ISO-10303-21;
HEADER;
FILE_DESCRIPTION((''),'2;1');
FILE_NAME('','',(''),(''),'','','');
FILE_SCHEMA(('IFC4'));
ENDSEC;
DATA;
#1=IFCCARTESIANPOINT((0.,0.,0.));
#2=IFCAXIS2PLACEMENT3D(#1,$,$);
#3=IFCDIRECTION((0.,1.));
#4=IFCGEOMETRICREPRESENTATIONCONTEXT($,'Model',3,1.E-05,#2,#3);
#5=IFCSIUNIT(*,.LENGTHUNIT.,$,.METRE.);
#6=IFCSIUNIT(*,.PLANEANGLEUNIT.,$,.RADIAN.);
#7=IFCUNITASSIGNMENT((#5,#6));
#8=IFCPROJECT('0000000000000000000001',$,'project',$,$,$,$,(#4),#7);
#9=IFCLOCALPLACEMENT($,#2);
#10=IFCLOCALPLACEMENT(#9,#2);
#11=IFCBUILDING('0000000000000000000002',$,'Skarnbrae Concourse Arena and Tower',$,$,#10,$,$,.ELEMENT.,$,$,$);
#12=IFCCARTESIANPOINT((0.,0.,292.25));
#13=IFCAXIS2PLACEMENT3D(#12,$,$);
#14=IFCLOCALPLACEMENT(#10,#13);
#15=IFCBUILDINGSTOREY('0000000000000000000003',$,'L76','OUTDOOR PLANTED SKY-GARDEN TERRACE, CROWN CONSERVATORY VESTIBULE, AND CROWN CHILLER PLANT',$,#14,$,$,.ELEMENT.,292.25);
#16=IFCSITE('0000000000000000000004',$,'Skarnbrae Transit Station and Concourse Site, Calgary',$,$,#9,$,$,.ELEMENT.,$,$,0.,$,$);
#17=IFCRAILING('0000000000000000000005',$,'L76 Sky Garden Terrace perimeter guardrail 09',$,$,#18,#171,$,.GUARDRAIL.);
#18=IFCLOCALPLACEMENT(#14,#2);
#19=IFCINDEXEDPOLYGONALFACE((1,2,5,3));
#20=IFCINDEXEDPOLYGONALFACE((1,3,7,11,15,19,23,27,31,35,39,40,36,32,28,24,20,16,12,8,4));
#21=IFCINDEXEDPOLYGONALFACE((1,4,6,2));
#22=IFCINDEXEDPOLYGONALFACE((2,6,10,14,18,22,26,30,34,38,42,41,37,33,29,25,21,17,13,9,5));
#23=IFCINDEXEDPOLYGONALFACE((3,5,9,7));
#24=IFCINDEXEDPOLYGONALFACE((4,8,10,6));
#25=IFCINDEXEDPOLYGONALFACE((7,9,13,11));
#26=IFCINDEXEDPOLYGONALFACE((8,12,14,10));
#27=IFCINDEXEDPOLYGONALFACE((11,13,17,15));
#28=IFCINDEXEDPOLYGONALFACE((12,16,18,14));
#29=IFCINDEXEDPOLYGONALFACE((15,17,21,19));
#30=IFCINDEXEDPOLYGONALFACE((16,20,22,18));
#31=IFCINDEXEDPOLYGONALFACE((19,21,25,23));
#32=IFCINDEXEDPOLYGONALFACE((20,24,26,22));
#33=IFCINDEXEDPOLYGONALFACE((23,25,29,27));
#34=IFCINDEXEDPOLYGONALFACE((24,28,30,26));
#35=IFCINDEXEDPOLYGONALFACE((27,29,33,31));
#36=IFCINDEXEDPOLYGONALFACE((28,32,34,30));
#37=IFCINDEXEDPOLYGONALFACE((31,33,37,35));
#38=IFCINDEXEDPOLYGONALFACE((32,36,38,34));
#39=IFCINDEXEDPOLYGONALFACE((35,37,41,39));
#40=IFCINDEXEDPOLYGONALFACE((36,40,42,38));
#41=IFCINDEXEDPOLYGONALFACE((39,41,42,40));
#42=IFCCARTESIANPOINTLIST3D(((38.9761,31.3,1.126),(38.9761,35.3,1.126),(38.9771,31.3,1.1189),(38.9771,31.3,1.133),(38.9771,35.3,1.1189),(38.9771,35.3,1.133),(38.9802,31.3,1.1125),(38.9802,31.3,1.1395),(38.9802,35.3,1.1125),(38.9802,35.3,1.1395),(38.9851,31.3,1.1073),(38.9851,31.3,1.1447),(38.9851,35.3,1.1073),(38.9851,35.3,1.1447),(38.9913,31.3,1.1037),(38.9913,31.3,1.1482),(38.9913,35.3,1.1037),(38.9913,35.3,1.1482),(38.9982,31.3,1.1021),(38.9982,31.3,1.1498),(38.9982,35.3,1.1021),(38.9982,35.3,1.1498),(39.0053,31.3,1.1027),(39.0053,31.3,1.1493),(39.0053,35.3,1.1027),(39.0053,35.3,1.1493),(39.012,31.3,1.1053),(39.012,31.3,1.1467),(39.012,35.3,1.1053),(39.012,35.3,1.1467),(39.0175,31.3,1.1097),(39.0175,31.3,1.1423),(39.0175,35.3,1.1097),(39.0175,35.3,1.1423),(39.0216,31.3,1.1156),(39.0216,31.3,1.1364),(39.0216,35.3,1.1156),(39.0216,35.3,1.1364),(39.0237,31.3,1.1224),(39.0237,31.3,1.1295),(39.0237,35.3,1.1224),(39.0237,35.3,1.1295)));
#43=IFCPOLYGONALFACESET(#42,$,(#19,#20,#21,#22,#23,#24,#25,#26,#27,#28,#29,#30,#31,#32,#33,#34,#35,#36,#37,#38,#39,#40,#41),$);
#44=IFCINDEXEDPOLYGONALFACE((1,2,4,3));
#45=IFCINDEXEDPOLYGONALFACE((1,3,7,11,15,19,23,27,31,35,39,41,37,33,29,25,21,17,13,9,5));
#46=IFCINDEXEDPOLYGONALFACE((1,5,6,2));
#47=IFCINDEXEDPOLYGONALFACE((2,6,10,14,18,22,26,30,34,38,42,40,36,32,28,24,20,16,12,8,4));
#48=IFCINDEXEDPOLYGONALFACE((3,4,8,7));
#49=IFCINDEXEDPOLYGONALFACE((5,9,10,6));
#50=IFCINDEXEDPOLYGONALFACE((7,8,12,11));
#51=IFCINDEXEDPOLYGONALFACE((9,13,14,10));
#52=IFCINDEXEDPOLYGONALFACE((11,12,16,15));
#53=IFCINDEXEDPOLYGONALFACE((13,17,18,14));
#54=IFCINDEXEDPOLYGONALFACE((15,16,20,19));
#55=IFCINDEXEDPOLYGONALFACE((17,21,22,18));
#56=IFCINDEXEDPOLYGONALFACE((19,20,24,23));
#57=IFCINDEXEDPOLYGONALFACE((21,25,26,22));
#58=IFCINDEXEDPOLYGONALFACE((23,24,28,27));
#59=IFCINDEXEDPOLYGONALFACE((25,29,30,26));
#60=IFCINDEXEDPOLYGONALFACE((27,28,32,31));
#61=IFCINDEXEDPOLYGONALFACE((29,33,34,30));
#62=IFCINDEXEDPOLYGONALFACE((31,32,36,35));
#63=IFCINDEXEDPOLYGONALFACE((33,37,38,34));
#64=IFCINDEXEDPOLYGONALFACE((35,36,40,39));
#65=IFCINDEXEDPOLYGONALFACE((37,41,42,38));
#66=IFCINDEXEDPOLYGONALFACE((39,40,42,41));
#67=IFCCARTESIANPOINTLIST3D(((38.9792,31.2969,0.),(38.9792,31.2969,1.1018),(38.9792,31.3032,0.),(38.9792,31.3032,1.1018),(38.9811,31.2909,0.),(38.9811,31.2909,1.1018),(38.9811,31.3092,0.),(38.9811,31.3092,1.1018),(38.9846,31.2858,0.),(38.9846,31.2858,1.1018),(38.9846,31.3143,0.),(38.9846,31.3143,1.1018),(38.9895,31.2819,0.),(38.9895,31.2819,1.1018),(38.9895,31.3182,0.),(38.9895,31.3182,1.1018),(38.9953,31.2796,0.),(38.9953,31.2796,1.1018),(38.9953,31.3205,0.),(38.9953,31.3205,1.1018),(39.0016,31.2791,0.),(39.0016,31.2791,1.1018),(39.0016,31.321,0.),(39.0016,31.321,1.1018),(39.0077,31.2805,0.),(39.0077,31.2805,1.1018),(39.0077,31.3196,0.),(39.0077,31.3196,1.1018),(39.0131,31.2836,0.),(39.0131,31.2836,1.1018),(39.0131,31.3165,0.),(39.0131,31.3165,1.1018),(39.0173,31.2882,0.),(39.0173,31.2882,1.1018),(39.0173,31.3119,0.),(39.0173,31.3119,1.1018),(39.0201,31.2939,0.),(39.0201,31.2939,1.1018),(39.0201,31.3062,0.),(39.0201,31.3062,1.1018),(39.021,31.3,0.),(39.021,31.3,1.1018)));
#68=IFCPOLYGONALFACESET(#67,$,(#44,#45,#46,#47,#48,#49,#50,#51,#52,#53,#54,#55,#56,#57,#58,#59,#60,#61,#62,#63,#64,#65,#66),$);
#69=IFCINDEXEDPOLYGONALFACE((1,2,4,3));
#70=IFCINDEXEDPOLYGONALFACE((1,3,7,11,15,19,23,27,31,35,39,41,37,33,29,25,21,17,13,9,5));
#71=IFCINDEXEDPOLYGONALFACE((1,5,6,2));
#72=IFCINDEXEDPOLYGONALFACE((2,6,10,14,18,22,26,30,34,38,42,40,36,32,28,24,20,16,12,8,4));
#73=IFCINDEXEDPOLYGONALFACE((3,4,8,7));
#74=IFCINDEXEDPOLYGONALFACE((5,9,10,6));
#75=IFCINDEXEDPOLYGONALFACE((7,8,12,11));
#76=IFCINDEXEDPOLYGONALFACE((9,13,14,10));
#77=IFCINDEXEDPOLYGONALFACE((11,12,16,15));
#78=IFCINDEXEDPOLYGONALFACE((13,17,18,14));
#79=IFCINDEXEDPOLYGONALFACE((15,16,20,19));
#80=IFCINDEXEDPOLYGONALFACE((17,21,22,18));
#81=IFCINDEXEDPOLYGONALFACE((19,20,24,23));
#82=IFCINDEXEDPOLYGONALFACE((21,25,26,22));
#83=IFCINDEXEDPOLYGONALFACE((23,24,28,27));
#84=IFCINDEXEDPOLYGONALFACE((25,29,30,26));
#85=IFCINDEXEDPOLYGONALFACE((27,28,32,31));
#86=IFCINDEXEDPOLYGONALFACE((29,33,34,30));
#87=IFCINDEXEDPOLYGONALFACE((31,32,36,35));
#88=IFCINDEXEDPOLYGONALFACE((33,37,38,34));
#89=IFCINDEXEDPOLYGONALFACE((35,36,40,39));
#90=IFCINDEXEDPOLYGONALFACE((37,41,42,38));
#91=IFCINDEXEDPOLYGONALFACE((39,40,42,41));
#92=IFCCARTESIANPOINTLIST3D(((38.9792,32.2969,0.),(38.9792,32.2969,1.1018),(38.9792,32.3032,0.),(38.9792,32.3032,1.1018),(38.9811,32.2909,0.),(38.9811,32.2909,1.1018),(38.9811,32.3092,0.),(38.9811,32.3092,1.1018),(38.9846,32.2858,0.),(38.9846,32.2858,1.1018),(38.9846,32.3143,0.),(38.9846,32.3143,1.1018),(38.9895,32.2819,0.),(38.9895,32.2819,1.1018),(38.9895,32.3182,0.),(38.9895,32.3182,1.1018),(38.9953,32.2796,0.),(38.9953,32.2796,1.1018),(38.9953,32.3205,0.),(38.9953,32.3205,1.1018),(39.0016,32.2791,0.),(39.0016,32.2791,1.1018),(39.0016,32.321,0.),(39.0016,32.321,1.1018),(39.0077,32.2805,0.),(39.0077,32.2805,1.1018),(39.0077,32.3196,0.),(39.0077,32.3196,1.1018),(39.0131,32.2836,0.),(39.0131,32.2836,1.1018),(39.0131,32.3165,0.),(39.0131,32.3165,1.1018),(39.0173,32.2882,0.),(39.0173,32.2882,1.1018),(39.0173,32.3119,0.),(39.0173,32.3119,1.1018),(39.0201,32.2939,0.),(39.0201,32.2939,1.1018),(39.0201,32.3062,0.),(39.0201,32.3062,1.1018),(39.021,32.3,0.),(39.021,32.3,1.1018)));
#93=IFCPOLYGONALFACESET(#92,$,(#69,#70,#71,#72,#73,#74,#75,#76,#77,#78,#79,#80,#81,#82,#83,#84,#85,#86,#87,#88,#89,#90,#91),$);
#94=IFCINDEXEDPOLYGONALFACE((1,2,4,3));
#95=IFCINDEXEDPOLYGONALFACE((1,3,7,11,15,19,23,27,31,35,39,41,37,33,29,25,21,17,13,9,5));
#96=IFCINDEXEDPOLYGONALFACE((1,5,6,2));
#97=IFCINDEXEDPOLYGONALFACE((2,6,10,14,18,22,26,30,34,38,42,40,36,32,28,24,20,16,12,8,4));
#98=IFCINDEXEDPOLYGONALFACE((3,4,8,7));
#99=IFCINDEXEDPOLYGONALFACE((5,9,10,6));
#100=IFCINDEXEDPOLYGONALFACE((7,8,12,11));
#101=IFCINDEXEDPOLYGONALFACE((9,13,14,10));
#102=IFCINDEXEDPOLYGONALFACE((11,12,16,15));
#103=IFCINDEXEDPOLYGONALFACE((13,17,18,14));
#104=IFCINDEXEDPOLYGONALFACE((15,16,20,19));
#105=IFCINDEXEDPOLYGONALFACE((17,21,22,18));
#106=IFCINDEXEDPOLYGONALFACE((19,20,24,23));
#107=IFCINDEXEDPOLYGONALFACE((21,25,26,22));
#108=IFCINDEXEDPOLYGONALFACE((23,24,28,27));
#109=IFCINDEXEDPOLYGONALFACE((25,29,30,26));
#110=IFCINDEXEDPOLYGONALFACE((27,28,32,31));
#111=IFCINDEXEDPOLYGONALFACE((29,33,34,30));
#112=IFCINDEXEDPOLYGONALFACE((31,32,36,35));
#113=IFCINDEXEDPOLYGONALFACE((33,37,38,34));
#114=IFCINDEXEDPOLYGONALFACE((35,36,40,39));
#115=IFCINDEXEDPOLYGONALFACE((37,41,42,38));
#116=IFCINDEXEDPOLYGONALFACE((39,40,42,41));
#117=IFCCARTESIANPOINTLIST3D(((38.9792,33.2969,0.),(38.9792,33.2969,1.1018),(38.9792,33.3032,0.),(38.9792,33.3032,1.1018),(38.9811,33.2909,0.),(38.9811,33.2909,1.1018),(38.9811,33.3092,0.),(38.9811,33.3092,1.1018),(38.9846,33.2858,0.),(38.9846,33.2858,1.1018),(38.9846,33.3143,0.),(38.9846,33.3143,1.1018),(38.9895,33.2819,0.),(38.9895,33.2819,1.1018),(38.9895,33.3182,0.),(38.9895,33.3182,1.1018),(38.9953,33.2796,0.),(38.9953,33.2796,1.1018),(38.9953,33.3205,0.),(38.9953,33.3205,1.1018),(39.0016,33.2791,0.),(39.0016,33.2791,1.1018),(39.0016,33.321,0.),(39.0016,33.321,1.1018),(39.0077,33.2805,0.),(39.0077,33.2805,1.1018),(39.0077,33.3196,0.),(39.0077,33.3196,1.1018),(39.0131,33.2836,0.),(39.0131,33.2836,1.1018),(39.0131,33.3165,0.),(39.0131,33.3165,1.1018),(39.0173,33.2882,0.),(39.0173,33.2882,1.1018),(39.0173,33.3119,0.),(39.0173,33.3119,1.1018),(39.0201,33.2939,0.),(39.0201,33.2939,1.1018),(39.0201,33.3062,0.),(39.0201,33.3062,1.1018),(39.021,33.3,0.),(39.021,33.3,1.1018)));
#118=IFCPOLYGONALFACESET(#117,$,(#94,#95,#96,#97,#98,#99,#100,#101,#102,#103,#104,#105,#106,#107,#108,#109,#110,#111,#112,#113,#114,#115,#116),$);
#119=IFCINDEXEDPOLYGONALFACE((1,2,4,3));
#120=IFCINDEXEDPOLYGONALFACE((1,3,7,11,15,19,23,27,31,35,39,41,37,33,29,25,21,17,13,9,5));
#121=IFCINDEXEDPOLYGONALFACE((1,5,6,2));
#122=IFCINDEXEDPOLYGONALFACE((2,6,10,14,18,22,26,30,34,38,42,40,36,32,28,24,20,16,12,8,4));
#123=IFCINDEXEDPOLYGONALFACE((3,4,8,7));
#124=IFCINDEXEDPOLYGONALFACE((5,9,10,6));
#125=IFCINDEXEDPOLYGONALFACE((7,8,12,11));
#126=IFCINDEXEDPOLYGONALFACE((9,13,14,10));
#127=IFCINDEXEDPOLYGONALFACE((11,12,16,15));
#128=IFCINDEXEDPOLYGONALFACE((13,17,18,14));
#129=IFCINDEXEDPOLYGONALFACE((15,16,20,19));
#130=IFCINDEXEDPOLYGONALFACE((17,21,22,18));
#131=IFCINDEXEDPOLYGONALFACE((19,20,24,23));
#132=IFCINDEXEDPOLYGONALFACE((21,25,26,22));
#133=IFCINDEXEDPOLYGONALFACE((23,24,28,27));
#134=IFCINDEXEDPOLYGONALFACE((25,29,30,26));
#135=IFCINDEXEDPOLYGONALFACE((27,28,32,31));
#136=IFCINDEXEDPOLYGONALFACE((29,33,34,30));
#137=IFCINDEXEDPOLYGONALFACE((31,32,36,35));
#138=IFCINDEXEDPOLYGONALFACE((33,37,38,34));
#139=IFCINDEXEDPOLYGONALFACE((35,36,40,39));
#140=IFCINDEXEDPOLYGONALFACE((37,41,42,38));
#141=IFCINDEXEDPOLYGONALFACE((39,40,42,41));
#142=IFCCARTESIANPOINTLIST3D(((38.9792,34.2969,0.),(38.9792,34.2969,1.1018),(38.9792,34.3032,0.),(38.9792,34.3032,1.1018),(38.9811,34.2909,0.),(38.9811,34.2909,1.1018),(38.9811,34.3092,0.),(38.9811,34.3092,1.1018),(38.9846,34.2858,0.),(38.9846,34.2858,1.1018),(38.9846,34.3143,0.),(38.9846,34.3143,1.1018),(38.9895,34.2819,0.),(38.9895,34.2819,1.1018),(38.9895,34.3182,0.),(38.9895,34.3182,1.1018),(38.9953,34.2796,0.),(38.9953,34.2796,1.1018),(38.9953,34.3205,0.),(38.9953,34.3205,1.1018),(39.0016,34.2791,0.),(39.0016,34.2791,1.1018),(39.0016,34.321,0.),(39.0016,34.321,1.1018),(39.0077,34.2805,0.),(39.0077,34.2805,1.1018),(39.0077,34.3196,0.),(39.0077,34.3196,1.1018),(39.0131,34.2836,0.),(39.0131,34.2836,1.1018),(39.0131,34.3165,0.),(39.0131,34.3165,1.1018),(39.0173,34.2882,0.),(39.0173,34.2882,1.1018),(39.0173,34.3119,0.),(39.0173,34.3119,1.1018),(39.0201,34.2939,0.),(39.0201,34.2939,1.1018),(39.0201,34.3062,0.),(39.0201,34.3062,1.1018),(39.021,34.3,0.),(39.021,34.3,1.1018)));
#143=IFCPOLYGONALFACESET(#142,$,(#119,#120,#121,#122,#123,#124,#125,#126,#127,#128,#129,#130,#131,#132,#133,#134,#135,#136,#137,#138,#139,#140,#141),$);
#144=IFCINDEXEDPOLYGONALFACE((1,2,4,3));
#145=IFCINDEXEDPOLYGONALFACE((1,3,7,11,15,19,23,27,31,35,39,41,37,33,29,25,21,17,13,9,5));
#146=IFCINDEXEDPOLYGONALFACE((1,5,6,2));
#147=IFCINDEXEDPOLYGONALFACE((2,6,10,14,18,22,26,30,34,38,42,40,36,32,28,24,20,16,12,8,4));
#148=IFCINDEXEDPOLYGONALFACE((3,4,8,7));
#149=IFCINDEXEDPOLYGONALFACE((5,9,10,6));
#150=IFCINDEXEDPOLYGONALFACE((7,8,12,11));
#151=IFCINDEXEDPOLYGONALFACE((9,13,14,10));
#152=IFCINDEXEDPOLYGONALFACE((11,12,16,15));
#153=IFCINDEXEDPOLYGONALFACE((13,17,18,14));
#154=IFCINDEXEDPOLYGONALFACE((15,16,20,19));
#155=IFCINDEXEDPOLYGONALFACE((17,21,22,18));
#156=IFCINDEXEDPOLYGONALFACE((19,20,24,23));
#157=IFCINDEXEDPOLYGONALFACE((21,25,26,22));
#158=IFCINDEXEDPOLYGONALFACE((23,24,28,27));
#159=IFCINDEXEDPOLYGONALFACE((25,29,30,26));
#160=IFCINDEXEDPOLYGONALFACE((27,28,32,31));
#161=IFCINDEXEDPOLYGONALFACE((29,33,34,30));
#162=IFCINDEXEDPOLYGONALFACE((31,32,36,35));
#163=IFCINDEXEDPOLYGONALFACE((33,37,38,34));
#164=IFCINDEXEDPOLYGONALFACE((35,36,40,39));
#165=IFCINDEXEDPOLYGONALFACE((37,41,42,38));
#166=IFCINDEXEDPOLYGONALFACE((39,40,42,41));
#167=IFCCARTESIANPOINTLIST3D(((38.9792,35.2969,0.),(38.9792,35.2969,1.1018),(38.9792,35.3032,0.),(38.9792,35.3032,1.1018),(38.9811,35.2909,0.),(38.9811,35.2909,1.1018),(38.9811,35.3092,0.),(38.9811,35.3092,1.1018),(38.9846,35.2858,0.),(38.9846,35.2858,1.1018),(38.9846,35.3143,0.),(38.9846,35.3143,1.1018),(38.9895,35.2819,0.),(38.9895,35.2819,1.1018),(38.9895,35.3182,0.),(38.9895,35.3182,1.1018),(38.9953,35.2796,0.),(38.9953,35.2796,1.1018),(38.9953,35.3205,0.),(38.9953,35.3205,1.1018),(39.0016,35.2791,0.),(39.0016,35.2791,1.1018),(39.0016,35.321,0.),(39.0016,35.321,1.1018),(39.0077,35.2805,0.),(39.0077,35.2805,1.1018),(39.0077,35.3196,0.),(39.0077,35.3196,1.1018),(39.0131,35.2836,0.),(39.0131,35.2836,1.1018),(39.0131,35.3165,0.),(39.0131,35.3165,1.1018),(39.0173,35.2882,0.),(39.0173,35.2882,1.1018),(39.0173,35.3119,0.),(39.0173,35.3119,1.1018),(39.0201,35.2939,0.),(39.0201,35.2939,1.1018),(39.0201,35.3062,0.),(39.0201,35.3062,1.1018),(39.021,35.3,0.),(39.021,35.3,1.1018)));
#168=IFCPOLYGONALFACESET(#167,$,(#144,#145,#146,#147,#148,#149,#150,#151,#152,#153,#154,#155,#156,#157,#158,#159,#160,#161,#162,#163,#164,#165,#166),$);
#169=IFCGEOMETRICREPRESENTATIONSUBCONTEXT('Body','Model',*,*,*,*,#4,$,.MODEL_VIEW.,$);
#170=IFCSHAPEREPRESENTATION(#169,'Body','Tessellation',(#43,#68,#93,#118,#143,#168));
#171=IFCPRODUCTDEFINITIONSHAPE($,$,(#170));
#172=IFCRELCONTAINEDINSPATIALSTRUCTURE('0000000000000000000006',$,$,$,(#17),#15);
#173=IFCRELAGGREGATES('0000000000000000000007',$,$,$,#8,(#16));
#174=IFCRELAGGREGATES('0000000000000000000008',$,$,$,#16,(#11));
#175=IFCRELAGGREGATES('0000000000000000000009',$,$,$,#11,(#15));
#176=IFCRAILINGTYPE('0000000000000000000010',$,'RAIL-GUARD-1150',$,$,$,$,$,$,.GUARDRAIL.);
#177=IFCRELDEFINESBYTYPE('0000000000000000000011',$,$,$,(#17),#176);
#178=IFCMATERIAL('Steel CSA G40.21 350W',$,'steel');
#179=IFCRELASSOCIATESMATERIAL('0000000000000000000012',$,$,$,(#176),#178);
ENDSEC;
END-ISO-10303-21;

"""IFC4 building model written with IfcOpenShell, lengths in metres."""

from ifc_helpers import new_model, si_unit, direction, frame, origin, origin_2d, place, context, subcontext, project, spatial, circle, extrude, material, type_object, element, save


model = new_model("IFC4")

# Units and contexts
model_context = context("Model", 3, precision=1e-05, world=origin(), true_north=direction((0.0, 1.0)))
body_context = subcontext(model_context, "Body", "Model", "MODEL_VIEW")
ifc_project = project(units=[si_unit("LENGTHUNIT", "METRE"), si_unit("PLANEANGLEUNIT", "RADIAN")], contexts=[model_context])

# Site, building, storey
site_placement = place(None, origin())
site = spatial("IfcSite", under=ifc_project, at=site_placement, Name="Skarnbrae Transit Station and Concourse Site, Calgary", CompositionType="ELEMENT", RefElevation=0.0)
building_placement = place(site_placement, origin())
building = spatial("IfcBuilding", under=site, at=building_placement, Name="Skarnbrae Concourse Arena and Tower", CompositionType="ELEMENT")
storey_placement = place(building_placement, frame((0.0, 0.0, 292.25)))
storey = spatial("IfcBuildingStorey", under=building, at=storey_placement, Name="L76", Description="OUTDOOR PLANTED SKY-GARDEN TERRACE, CROWN CONSERVATORY VESTIBULE, AND CROWN CHILLER PLANT", CompositionType="ELEMENT", Elevation=292.25)

# Shared definitions
ifc_material_1 = material(Name="Steel CSA G40.21 350W", Category="steel")

# Railing
railing_type = type_object("IfcRailingType", Name="RAIL-GUARD-1150", PredefinedType="GUARDRAIL", material=ifc_material_1)
railing_1_placement = place(storey_placement, frame((39.0, 31.3, 0.0)))
element("IfcRailing", 1, at=railing_1_placement, inside=storey, type_object=railing_type, Name="L76 Sky Garden Terrace perimeter guardrail 09", PredefinedType="GUARDRAIL", context=body_context, shape_type="SweptSolid", body=[
    extrude(circle(Radius=0.0239, at=origin_2d()), frame((0.0, 0.0, 1.126), z_axis=(0.0, 1.0, 0.0), x_axis=(-1.0, 0.0, 0.0)), (0.0, 0.0, 1.0), 4.0),
    extrude(circle(Radius=0.021, at=origin_2d()), origin(), (0.0, 0.0, 1.0), 1.1018),
    extrude(circle(Radius=0.021, at=origin_2d()), frame((0.0, 1.0, 0.0)), (0.0, 0.0, 1.0), 1.1018),
    extrude(circle(Radius=0.021, at=origin_2d()), frame((0.0, 2.0, 0.0)), (0.0, 0.0, 1.0), 1.1018),
    extrude(circle(Radius=0.021, at=origin_2d()), frame((0.0, 3.0, 0.0)), (0.0, 0.0, 1.0), 1.1018),
    extrude(circle(Radius=0.021, at=origin_2d()), frame((0.0, 4.0, 0.0)), (0.0, 0.0, 1.0), 1.1018),
])

save(model, "model.ifc")
